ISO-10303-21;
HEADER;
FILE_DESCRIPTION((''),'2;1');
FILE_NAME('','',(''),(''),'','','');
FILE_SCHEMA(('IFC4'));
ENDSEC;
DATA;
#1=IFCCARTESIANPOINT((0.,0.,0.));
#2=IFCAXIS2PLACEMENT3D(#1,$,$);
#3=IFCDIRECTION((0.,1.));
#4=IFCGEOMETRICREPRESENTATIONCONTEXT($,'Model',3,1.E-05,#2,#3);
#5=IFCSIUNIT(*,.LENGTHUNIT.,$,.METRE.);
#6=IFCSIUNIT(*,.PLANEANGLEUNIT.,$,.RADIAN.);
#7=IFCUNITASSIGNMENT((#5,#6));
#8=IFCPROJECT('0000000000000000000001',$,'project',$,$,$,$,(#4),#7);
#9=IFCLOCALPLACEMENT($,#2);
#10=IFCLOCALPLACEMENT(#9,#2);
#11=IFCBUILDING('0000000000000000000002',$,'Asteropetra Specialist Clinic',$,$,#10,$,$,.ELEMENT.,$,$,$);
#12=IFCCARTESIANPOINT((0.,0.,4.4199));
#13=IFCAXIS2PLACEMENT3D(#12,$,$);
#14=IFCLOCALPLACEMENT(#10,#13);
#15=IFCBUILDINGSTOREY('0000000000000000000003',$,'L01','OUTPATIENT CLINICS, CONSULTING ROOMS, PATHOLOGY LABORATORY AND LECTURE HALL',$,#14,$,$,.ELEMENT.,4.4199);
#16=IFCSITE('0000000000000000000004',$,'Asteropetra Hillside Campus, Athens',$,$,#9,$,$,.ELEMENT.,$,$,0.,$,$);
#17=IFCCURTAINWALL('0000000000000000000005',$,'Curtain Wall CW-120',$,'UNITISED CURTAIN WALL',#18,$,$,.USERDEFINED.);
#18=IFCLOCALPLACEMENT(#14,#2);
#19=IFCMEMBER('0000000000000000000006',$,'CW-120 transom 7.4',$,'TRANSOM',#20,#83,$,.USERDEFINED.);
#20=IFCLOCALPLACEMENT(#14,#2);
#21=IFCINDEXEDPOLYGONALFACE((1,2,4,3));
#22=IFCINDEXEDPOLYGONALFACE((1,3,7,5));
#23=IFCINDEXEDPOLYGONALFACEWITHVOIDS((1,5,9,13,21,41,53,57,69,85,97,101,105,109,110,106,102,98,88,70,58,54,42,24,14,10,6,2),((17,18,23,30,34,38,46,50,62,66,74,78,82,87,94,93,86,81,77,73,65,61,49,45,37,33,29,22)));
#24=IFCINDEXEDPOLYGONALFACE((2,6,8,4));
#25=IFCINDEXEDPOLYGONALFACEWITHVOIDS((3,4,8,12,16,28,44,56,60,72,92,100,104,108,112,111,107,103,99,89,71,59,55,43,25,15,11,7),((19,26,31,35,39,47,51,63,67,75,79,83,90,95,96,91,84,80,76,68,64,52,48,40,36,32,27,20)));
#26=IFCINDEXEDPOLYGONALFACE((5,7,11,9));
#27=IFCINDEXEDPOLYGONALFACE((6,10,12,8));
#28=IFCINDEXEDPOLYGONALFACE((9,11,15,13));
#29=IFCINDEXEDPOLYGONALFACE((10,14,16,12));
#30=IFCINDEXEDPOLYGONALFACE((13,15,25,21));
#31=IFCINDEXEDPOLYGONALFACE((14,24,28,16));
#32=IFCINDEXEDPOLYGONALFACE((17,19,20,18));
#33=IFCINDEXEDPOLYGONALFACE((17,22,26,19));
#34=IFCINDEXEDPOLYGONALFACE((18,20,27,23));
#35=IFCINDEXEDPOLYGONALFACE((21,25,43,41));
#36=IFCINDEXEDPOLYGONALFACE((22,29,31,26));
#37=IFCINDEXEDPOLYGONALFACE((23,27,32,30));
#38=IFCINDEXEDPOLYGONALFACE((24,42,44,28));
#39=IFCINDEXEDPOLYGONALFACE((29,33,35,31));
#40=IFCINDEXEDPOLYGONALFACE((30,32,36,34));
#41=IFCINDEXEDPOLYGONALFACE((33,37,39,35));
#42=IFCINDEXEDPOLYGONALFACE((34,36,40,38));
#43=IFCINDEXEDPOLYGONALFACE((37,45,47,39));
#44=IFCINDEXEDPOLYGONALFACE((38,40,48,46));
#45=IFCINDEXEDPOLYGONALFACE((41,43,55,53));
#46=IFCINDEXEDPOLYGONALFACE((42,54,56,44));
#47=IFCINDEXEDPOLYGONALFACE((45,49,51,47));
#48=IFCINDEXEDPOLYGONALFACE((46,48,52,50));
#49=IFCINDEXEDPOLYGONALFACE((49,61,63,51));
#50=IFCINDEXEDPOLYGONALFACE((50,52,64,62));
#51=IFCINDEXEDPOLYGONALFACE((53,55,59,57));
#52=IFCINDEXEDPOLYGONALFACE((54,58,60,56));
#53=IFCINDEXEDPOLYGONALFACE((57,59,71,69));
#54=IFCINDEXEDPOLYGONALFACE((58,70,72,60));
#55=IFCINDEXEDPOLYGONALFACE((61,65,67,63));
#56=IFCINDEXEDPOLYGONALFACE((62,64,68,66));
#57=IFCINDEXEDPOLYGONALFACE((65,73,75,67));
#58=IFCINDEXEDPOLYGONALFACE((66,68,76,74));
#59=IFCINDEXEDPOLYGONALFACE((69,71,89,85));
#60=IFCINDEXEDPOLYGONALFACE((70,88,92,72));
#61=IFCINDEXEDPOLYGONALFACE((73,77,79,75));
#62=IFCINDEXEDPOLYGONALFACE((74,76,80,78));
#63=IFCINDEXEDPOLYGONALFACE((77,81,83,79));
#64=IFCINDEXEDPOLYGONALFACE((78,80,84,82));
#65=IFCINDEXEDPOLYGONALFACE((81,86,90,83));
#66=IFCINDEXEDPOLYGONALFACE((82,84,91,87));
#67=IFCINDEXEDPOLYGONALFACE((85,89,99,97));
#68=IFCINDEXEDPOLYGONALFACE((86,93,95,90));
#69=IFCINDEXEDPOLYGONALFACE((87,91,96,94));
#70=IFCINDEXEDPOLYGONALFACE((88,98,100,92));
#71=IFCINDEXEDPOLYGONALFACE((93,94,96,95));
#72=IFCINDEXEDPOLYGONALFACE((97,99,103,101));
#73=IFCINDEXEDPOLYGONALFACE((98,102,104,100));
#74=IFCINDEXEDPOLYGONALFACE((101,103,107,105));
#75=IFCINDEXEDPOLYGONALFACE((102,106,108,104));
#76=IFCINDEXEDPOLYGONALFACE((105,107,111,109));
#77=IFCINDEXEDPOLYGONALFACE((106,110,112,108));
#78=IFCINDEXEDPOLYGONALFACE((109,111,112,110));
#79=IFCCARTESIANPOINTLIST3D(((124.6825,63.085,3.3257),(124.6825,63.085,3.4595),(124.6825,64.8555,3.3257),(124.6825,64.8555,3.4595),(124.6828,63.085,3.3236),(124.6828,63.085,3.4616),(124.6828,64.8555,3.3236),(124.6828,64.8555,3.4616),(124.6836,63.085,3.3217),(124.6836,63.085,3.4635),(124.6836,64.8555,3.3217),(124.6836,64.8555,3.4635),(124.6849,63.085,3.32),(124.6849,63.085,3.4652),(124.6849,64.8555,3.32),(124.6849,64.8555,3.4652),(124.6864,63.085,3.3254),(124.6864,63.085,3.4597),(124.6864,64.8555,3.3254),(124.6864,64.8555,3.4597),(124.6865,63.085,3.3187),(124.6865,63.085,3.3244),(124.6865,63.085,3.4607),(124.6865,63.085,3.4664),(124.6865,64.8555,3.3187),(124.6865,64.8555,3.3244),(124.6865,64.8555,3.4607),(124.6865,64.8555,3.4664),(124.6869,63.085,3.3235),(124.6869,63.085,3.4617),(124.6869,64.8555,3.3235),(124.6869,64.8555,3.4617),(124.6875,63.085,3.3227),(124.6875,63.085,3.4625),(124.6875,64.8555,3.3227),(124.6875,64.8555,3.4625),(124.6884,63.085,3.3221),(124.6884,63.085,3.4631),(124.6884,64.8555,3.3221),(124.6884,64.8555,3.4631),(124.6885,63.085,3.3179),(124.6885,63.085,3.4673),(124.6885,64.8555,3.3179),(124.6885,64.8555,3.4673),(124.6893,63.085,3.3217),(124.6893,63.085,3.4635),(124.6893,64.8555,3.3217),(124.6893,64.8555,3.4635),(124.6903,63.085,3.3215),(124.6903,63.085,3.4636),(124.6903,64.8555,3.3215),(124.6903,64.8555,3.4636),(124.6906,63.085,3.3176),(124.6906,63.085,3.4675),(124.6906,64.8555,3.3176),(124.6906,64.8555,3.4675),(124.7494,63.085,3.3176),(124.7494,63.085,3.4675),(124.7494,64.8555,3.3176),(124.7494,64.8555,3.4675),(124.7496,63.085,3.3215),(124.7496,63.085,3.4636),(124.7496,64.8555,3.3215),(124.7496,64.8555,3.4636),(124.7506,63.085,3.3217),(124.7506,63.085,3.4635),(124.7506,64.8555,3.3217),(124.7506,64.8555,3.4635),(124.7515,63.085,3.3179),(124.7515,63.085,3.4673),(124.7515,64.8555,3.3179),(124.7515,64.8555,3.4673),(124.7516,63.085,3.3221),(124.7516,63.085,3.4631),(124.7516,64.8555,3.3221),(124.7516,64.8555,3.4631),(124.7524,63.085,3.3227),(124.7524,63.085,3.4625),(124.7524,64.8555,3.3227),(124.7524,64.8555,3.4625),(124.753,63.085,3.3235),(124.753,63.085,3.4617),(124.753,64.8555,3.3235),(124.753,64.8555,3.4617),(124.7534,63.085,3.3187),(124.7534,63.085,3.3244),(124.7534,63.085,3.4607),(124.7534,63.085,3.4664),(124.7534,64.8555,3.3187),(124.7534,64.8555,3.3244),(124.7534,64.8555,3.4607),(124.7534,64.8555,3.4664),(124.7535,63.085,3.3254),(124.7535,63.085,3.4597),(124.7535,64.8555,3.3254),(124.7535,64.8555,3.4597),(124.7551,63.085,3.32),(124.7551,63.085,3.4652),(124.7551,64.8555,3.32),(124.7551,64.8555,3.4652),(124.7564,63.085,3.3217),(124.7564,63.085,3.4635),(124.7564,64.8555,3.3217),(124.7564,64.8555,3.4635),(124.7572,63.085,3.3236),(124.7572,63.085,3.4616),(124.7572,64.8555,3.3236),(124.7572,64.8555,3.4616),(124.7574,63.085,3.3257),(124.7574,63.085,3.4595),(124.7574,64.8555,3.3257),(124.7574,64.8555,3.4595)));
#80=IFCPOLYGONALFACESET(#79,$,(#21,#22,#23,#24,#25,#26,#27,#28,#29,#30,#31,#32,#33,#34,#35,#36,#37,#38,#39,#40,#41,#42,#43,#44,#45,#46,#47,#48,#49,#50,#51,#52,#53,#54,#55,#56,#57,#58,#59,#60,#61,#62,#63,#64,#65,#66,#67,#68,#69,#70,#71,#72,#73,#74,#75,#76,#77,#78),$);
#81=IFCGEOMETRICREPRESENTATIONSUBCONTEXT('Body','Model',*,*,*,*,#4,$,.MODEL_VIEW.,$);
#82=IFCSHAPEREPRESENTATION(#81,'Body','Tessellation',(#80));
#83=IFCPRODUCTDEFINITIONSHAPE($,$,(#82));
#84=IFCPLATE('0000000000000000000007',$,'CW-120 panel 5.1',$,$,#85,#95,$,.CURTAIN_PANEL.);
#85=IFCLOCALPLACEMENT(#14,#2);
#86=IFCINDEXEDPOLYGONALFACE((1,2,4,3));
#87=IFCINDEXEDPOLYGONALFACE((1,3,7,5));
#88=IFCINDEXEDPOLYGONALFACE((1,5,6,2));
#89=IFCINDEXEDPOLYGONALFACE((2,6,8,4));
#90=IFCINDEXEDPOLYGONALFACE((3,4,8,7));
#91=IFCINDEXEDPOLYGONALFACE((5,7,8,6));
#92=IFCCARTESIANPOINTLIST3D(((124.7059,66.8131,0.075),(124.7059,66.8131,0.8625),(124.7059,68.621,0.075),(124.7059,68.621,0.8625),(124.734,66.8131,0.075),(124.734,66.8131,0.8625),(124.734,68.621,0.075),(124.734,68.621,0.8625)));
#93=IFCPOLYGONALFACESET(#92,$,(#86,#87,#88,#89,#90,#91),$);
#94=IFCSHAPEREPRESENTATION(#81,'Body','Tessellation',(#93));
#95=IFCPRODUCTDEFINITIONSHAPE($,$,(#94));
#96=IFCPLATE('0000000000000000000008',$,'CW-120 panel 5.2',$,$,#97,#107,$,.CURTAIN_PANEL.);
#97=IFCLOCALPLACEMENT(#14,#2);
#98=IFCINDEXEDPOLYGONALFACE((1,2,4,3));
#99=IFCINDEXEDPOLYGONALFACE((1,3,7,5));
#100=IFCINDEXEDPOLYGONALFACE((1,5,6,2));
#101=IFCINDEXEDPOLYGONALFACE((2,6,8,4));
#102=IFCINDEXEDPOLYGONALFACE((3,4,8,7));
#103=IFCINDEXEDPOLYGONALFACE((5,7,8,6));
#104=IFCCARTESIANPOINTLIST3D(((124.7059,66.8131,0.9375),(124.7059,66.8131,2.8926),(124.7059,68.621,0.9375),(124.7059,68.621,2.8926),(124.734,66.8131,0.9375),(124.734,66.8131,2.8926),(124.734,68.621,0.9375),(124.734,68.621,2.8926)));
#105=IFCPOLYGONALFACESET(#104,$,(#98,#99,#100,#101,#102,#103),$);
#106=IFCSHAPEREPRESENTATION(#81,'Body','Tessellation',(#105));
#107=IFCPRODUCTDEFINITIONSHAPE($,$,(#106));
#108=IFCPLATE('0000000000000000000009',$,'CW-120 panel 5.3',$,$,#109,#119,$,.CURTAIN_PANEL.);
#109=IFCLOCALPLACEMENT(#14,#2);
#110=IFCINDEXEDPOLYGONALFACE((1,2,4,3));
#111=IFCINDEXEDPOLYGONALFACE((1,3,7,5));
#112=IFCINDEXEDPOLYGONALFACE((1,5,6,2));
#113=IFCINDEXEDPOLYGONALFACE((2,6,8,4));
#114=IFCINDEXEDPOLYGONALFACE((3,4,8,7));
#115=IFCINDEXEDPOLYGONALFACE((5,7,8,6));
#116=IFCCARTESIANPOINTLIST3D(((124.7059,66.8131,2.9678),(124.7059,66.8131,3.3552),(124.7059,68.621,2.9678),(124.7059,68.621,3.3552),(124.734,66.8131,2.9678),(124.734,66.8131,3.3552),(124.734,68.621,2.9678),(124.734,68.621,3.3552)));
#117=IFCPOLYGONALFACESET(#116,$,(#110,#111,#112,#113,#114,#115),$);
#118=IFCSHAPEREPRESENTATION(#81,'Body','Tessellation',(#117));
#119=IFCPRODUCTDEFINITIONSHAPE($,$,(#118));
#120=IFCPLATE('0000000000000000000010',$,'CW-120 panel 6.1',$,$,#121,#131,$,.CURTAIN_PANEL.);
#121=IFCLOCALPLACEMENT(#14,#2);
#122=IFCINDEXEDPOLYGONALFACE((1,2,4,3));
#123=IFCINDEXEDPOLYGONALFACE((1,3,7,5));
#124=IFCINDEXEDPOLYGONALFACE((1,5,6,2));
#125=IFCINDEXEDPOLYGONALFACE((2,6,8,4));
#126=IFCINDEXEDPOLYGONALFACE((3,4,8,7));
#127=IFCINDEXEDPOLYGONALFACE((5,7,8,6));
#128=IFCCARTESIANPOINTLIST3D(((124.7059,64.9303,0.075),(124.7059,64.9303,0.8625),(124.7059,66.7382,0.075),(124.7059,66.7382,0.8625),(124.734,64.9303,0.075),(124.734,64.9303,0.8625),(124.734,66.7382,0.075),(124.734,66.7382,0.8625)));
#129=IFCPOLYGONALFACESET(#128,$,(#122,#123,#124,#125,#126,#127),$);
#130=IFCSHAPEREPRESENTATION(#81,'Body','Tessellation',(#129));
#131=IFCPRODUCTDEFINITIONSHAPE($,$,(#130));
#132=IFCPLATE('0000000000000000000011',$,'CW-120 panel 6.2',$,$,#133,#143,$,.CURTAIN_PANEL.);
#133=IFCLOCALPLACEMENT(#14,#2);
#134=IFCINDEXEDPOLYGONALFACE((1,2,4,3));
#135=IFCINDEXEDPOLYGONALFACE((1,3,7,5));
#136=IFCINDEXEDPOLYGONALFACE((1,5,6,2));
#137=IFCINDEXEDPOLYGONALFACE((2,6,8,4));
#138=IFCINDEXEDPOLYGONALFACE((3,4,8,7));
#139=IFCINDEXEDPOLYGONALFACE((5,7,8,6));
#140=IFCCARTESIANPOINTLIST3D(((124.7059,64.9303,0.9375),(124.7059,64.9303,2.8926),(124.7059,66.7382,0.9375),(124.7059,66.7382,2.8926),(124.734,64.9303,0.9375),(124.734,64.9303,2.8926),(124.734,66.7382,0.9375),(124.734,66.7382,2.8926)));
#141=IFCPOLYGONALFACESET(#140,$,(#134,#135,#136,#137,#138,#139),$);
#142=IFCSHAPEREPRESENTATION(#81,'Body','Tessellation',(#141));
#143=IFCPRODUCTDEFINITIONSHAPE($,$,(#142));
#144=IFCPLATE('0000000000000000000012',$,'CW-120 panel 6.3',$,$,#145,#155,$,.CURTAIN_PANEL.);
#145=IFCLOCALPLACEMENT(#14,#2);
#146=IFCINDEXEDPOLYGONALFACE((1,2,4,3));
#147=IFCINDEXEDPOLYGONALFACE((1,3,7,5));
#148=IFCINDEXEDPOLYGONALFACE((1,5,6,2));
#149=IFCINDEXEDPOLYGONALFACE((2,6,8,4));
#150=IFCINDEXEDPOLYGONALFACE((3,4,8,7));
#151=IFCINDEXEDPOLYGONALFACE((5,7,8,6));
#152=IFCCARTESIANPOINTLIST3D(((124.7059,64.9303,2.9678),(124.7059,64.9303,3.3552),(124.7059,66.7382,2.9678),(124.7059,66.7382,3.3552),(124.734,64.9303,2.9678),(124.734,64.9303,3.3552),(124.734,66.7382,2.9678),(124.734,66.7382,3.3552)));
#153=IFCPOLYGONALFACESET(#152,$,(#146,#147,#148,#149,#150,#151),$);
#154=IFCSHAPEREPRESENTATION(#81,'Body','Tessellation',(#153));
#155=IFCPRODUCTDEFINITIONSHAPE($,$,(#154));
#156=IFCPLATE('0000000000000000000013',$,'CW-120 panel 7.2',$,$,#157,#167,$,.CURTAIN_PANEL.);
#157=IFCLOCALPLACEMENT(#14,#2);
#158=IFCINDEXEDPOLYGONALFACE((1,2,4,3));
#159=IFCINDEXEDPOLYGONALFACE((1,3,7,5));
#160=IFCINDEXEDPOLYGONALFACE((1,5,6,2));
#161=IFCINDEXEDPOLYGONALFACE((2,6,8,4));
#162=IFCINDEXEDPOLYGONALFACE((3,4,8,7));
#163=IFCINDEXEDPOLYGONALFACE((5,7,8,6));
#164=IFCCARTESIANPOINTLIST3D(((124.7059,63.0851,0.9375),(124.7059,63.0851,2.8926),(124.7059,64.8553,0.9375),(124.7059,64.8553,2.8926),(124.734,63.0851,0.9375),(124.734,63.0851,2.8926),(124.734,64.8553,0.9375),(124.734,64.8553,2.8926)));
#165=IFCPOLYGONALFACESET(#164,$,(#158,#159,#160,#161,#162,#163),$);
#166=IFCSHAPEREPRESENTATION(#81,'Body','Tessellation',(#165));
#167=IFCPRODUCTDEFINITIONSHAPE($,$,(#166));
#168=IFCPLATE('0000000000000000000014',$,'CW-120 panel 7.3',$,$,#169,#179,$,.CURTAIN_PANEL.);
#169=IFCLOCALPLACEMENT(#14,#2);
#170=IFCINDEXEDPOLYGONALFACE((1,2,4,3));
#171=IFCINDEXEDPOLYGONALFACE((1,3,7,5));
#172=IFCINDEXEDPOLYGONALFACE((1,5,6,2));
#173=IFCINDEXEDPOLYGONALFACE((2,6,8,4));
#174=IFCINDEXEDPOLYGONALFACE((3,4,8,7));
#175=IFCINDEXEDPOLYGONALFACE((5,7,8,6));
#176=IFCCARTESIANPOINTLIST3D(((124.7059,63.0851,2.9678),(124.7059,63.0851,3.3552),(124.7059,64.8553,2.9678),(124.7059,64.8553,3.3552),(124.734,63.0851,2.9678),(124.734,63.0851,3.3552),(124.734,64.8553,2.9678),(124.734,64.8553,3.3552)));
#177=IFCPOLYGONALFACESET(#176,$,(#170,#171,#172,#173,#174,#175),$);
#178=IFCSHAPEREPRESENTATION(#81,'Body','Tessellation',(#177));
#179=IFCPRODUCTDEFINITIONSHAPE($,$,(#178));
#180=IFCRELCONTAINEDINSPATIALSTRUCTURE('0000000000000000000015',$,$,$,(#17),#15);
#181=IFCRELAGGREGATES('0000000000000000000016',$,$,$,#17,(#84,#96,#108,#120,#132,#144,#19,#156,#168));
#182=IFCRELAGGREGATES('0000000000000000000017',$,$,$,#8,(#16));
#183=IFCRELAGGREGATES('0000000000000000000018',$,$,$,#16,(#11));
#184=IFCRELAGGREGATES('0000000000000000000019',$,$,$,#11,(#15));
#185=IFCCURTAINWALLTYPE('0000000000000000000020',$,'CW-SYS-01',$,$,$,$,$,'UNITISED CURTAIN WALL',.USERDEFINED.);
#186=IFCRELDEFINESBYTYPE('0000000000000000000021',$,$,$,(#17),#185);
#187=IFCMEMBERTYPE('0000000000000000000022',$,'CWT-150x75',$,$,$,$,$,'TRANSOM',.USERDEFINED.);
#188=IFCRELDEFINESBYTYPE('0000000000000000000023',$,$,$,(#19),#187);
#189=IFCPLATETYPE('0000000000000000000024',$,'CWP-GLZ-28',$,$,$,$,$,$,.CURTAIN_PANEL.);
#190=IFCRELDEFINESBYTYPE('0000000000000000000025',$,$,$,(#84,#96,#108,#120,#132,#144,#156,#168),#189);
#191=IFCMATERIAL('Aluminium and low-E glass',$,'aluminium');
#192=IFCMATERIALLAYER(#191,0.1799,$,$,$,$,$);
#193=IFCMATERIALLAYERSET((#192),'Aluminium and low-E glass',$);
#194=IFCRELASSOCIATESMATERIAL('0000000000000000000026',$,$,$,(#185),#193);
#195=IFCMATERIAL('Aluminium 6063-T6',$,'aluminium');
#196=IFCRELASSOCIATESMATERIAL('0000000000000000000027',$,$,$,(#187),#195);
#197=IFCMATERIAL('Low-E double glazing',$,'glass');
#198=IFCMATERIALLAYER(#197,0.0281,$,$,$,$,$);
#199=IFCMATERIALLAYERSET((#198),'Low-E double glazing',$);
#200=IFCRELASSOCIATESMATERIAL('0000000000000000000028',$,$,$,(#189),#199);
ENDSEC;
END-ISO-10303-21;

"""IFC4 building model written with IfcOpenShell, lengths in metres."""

from ifc_helpers import new_model, si_unit, direction, frame, origin, origin_2d, place, context, subcontext, project, spatial, rectangle, hollow_rectangle, extrude, material, layer, layer_set, material_profile, profile_set, type_object, element, aggregate, save


model = new_model("IFC4")

# Units and contexts
model_context = context("Model", 3, precision=1e-05, world=origin(), true_north=direction((0.0, 1.0)))
body_context = subcontext(model_context, "Body", "Model", "MODEL_VIEW")
ifc_project = project(units=[si_unit("LENGTHUNIT", "METRE"), si_unit("PLANEANGLEUNIT", "RADIAN")], contexts=[model_context])

# Site, building, storey
site_placement = place(None, origin())
site = spatial("IfcSite", under=ifc_project, at=site_placement, Name="Asteropetra Hillside Campus, Athens", CompositionType="ELEMENT", RefElevation=0.0)
building_placement = place(site_placement, origin())
building = spatial("IfcBuilding", under=site, at=building_placement, Name="Asteropetra Specialist Clinic", CompositionType="ELEMENT")
storey_placement = place(building_placement, frame((0.0, 0.0, 4.4199)))
storey = spatial("IfcBuildingStorey", under=building, at=storey_placement, Name="L01", Description="OUTPATIENT CLINICS, CONSULTING ROOMS, PATHOLOGY LABORATORY AND LECTURE HALL", CompositionType="ELEMENT", Elevation=4.4199)

# Curtain wall, member, plates
ifc_material_1 = material(Name="Aluminium and low-E glass", Category="aluminium")
ifc_layer_1 = layer(ifc_material_1, 0.1799)
ifc_layer_set_1 = layer_set([ifc_layer_1], Name="Aluminium and low-E glass")
curtain_wall_type = type_object("IfcCurtainWallType", Name="CW-SYS-01", ElementType="UNITISED CURTAIN WALL", PredefinedType="USERDEFINED", material=ifc_layer_set_1)
curtain_wall_placement = place(storey_placement, origin())
curtain_wall = element("IfcCurtainWall", 1, at=curtain_wall_placement, inside=storey, type_object=curtain_wall_type, Name="Curtain Wall CW-120", ObjectType="UNITISED CURTAIN WALL", PredefinedType="USERDEFINED")
ifc_material_2 = material(Name="Aluminium 6063-T6", Category="aluminium")
ifc_material_profile_1 = material_profile(ifc_material_2, hollow_rectangle(XDim=0.075, YDim=0.1499, WallThickness=0.0039, InnerFilletRadius=0.0039, OuterFilletRadius=0.0081, at=origin_2d()), Name="TRN 150x75x4.0")
ifc_profile_set_1 = profile_set([ifc_material_profile_1], Name="Aluminium 6063-T6")
member_type_1 = type_object("IfcMemberType", Name="CWT-150x75", ElementType="TRANSOM", PredefinedType="USERDEFINED", material=ifc_profile_set_1)
member_1_placement = place(storey_placement, frame((124.72, 64.8555, 3.3926), z_axis=(0.0, -1.0, 0.0), x_axis=(1.0, 0.0, 0.0)))
member_1 = element("IfcMember", 2, at=member_1_placement, type_object=member_type_1, Name="CW-120 transom 7.4", ObjectType="TRANSOM", PredefinedType="USERDEFINED", context=body_context, shape_type="SweptSolid", body=[
    extrude(hollow_rectangle(XDim=0.075, YDim=0.1499, WallThickness=0.0039, InnerFilletRadius=0.0039, OuterFilletRadius=0.0081, at=origin_2d()), origin(), (0.0, 0.0, 1.0), 1.7705),
])
ifc_material_3 = material(Name="Low-E double glazing", Category="glass")
ifc_layer_2 = layer(ifc_material_3, 0.0281)
ifc_layer_set_2 = layer_set([ifc_layer_2], Name="Low-E double glazing")
plate_type = type_object("IfcPlateType", Name="CWP-GLZ-28", PredefinedType="CURTAIN_PANEL", material=ifc_layer_set_2)
plate_1_placement = place(storey_placement, frame((124.72, 67.717, 0.075), z_axis=(0.0, 0.0, 1.0), x_axis=(0.0, -1.0, 0.0)))
plate_1 = element("IfcPlate", 3, at=plate_1_placement, type_object=plate_type, Name="CW-120 panel 5.1", PredefinedType="CURTAIN_PANEL", context=body_context, shape_type="SweptSolid", body=[
    extrude(rectangle(XDim=1.8079, YDim=0.0281, at=origin_2d()), origin(), (0.0, 0.0, 1.0), 0.7876),
])
plate_2_placement = place(storey_placement, frame((124.72, 67.717, 0.9375), z_axis=(0.0, 0.0, 1.0), x_axis=(0.0, -1.0, 0.0)))
plate_2 = element("IfcPlate", 4, at=plate_2_placement, type_object=plate_type, Name="CW-120 panel 5.2", PredefinedType="CURTAIN_PANEL", context=body_context, shape_type="SweptSolid", body=[
    extrude(rectangle(XDim=1.8079, YDim=0.0281, at=origin_2d()), origin(), (0.0, 0.0, 1.0), 1.9551),
])
plate_3_placement = place(storey_placement, frame((124.72, 67.717, 2.9678), z_axis=(0.0, 0.0, 1.0), x_axis=(0.0, -1.0, 0.0)))
plate_3 = element("IfcPlate", 5, at=plate_3_placement, type_object=plate_type, Name="CW-120 panel 5.3", PredefinedType="CURTAIN_PANEL", context=body_context, shape_type="SweptSolid", body=[
    extrude(rectangle(XDim=1.8079, YDim=0.0281, at=origin_2d()), origin(), (0.0, 0.0, 1.0), 0.3875),
])
plate_4_placement = place(storey_placement, frame((124.72, 65.8342, 0.075), z_axis=(0.0, 0.0, 1.0), x_axis=(0.0, -1.0, 0.0)))
plate_4 = element("IfcPlate", 6, at=plate_4_placement, type_object=plate_type, Name="CW-120 panel 6.1", PredefinedType="CURTAIN_PANEL", context=body_context, shape_type="SweptSolid", body=[
    extrude(rectangle(XDim=1.8079, YDim=0.0281, at=origin_2d()), origin(), (0.0, 0.0, 1.0), 0.7876),
])
plate_5_placement = place(storey_placement, frame((124.72, 65.8342, 0.9375), z_axis=(0.0, 0.0, 1.0), x_axis=(0.0, -1.0, 0.0)))
plate_5 = element("IfcPlate", 7, at=plate_5_placement, type_object=plate_type, Name="CW-120 panel 6.2", PredefinedType="CURTAIN_PANEL", context=body_context, shape_type="SweptSolid", body=[
    extrude(rectangle(XDim=1.8079, YDim=0.0281, at=origin_2d()), origin(), (0.0, 0.0, 1.0), 1.9551),
])
plate_6_placement = place(storey_placement, frame((124.72, 65.8342, 2.9678), z_axis=(0.0, 0.0, 1.0), x_axis=(0.0, -1.0, 0.0)))
plate_6 = element("IfcPlate", 8, at=plate_6_placement, type_object=plate_type, Name="CW-120 panel 6.3", PredefinedType="CURTAIN_PANEL", context=body_context, shape_type="SweptSolid", body=[
    extrude(rectangle(XDim=1.8079, YDim=0.0281, at=origin_2d()), origin(), (0.0, 0.0, 1.0), 0.3875),
])
plate_7_placement = place(storey_placement, frame((124.72, 63.9702, 0.9375), z_axis=(0.0, 0.0, 1.0), x_axis=(0.0, -1.0, 0.0)))
plate_7 = element("IfcPlate", 9, at=plate_7_placement, type_object=plate_type, Name="CW-120 panel 7.2", PredefinedType="CURTAIN_PANEL", context=body_context, shape_type="SweptSolid", body=[
    extrude(rectangle(XDim=1.7703, YDim=0.0281, at=origin_2d()), origin(), (0.0, 0.0, 1.0), 1.9551),
])
plate_8_placement = place(storey_placement, frame((124.72, 63.9702, 2.9678), z_axis=(0.0, 0.0, 1.0), x_axis=(0.0, -1.0, 0.0)))
plate_8 = element("IfcPlate", 10, at=plate_8_placement, type_object=plate_type, Name="CW-120 panel 7.3", PredefinedType="CURTAIN_PANEL", context=body_context, shape_type="SweptSolid", body=[
    extrude(rectangle(XDim=1.7703, YDim=0.0281, at=origin_2d()), origin(), (0.0, 0.0, 1.0), 0.3875),
])
aggregate(curtain_wall, [plate_1, plate_2, plate_3, plate_4, plate_5, plate_6, member_1, plate_7, plate_8])

save(model, "model.ifc")
